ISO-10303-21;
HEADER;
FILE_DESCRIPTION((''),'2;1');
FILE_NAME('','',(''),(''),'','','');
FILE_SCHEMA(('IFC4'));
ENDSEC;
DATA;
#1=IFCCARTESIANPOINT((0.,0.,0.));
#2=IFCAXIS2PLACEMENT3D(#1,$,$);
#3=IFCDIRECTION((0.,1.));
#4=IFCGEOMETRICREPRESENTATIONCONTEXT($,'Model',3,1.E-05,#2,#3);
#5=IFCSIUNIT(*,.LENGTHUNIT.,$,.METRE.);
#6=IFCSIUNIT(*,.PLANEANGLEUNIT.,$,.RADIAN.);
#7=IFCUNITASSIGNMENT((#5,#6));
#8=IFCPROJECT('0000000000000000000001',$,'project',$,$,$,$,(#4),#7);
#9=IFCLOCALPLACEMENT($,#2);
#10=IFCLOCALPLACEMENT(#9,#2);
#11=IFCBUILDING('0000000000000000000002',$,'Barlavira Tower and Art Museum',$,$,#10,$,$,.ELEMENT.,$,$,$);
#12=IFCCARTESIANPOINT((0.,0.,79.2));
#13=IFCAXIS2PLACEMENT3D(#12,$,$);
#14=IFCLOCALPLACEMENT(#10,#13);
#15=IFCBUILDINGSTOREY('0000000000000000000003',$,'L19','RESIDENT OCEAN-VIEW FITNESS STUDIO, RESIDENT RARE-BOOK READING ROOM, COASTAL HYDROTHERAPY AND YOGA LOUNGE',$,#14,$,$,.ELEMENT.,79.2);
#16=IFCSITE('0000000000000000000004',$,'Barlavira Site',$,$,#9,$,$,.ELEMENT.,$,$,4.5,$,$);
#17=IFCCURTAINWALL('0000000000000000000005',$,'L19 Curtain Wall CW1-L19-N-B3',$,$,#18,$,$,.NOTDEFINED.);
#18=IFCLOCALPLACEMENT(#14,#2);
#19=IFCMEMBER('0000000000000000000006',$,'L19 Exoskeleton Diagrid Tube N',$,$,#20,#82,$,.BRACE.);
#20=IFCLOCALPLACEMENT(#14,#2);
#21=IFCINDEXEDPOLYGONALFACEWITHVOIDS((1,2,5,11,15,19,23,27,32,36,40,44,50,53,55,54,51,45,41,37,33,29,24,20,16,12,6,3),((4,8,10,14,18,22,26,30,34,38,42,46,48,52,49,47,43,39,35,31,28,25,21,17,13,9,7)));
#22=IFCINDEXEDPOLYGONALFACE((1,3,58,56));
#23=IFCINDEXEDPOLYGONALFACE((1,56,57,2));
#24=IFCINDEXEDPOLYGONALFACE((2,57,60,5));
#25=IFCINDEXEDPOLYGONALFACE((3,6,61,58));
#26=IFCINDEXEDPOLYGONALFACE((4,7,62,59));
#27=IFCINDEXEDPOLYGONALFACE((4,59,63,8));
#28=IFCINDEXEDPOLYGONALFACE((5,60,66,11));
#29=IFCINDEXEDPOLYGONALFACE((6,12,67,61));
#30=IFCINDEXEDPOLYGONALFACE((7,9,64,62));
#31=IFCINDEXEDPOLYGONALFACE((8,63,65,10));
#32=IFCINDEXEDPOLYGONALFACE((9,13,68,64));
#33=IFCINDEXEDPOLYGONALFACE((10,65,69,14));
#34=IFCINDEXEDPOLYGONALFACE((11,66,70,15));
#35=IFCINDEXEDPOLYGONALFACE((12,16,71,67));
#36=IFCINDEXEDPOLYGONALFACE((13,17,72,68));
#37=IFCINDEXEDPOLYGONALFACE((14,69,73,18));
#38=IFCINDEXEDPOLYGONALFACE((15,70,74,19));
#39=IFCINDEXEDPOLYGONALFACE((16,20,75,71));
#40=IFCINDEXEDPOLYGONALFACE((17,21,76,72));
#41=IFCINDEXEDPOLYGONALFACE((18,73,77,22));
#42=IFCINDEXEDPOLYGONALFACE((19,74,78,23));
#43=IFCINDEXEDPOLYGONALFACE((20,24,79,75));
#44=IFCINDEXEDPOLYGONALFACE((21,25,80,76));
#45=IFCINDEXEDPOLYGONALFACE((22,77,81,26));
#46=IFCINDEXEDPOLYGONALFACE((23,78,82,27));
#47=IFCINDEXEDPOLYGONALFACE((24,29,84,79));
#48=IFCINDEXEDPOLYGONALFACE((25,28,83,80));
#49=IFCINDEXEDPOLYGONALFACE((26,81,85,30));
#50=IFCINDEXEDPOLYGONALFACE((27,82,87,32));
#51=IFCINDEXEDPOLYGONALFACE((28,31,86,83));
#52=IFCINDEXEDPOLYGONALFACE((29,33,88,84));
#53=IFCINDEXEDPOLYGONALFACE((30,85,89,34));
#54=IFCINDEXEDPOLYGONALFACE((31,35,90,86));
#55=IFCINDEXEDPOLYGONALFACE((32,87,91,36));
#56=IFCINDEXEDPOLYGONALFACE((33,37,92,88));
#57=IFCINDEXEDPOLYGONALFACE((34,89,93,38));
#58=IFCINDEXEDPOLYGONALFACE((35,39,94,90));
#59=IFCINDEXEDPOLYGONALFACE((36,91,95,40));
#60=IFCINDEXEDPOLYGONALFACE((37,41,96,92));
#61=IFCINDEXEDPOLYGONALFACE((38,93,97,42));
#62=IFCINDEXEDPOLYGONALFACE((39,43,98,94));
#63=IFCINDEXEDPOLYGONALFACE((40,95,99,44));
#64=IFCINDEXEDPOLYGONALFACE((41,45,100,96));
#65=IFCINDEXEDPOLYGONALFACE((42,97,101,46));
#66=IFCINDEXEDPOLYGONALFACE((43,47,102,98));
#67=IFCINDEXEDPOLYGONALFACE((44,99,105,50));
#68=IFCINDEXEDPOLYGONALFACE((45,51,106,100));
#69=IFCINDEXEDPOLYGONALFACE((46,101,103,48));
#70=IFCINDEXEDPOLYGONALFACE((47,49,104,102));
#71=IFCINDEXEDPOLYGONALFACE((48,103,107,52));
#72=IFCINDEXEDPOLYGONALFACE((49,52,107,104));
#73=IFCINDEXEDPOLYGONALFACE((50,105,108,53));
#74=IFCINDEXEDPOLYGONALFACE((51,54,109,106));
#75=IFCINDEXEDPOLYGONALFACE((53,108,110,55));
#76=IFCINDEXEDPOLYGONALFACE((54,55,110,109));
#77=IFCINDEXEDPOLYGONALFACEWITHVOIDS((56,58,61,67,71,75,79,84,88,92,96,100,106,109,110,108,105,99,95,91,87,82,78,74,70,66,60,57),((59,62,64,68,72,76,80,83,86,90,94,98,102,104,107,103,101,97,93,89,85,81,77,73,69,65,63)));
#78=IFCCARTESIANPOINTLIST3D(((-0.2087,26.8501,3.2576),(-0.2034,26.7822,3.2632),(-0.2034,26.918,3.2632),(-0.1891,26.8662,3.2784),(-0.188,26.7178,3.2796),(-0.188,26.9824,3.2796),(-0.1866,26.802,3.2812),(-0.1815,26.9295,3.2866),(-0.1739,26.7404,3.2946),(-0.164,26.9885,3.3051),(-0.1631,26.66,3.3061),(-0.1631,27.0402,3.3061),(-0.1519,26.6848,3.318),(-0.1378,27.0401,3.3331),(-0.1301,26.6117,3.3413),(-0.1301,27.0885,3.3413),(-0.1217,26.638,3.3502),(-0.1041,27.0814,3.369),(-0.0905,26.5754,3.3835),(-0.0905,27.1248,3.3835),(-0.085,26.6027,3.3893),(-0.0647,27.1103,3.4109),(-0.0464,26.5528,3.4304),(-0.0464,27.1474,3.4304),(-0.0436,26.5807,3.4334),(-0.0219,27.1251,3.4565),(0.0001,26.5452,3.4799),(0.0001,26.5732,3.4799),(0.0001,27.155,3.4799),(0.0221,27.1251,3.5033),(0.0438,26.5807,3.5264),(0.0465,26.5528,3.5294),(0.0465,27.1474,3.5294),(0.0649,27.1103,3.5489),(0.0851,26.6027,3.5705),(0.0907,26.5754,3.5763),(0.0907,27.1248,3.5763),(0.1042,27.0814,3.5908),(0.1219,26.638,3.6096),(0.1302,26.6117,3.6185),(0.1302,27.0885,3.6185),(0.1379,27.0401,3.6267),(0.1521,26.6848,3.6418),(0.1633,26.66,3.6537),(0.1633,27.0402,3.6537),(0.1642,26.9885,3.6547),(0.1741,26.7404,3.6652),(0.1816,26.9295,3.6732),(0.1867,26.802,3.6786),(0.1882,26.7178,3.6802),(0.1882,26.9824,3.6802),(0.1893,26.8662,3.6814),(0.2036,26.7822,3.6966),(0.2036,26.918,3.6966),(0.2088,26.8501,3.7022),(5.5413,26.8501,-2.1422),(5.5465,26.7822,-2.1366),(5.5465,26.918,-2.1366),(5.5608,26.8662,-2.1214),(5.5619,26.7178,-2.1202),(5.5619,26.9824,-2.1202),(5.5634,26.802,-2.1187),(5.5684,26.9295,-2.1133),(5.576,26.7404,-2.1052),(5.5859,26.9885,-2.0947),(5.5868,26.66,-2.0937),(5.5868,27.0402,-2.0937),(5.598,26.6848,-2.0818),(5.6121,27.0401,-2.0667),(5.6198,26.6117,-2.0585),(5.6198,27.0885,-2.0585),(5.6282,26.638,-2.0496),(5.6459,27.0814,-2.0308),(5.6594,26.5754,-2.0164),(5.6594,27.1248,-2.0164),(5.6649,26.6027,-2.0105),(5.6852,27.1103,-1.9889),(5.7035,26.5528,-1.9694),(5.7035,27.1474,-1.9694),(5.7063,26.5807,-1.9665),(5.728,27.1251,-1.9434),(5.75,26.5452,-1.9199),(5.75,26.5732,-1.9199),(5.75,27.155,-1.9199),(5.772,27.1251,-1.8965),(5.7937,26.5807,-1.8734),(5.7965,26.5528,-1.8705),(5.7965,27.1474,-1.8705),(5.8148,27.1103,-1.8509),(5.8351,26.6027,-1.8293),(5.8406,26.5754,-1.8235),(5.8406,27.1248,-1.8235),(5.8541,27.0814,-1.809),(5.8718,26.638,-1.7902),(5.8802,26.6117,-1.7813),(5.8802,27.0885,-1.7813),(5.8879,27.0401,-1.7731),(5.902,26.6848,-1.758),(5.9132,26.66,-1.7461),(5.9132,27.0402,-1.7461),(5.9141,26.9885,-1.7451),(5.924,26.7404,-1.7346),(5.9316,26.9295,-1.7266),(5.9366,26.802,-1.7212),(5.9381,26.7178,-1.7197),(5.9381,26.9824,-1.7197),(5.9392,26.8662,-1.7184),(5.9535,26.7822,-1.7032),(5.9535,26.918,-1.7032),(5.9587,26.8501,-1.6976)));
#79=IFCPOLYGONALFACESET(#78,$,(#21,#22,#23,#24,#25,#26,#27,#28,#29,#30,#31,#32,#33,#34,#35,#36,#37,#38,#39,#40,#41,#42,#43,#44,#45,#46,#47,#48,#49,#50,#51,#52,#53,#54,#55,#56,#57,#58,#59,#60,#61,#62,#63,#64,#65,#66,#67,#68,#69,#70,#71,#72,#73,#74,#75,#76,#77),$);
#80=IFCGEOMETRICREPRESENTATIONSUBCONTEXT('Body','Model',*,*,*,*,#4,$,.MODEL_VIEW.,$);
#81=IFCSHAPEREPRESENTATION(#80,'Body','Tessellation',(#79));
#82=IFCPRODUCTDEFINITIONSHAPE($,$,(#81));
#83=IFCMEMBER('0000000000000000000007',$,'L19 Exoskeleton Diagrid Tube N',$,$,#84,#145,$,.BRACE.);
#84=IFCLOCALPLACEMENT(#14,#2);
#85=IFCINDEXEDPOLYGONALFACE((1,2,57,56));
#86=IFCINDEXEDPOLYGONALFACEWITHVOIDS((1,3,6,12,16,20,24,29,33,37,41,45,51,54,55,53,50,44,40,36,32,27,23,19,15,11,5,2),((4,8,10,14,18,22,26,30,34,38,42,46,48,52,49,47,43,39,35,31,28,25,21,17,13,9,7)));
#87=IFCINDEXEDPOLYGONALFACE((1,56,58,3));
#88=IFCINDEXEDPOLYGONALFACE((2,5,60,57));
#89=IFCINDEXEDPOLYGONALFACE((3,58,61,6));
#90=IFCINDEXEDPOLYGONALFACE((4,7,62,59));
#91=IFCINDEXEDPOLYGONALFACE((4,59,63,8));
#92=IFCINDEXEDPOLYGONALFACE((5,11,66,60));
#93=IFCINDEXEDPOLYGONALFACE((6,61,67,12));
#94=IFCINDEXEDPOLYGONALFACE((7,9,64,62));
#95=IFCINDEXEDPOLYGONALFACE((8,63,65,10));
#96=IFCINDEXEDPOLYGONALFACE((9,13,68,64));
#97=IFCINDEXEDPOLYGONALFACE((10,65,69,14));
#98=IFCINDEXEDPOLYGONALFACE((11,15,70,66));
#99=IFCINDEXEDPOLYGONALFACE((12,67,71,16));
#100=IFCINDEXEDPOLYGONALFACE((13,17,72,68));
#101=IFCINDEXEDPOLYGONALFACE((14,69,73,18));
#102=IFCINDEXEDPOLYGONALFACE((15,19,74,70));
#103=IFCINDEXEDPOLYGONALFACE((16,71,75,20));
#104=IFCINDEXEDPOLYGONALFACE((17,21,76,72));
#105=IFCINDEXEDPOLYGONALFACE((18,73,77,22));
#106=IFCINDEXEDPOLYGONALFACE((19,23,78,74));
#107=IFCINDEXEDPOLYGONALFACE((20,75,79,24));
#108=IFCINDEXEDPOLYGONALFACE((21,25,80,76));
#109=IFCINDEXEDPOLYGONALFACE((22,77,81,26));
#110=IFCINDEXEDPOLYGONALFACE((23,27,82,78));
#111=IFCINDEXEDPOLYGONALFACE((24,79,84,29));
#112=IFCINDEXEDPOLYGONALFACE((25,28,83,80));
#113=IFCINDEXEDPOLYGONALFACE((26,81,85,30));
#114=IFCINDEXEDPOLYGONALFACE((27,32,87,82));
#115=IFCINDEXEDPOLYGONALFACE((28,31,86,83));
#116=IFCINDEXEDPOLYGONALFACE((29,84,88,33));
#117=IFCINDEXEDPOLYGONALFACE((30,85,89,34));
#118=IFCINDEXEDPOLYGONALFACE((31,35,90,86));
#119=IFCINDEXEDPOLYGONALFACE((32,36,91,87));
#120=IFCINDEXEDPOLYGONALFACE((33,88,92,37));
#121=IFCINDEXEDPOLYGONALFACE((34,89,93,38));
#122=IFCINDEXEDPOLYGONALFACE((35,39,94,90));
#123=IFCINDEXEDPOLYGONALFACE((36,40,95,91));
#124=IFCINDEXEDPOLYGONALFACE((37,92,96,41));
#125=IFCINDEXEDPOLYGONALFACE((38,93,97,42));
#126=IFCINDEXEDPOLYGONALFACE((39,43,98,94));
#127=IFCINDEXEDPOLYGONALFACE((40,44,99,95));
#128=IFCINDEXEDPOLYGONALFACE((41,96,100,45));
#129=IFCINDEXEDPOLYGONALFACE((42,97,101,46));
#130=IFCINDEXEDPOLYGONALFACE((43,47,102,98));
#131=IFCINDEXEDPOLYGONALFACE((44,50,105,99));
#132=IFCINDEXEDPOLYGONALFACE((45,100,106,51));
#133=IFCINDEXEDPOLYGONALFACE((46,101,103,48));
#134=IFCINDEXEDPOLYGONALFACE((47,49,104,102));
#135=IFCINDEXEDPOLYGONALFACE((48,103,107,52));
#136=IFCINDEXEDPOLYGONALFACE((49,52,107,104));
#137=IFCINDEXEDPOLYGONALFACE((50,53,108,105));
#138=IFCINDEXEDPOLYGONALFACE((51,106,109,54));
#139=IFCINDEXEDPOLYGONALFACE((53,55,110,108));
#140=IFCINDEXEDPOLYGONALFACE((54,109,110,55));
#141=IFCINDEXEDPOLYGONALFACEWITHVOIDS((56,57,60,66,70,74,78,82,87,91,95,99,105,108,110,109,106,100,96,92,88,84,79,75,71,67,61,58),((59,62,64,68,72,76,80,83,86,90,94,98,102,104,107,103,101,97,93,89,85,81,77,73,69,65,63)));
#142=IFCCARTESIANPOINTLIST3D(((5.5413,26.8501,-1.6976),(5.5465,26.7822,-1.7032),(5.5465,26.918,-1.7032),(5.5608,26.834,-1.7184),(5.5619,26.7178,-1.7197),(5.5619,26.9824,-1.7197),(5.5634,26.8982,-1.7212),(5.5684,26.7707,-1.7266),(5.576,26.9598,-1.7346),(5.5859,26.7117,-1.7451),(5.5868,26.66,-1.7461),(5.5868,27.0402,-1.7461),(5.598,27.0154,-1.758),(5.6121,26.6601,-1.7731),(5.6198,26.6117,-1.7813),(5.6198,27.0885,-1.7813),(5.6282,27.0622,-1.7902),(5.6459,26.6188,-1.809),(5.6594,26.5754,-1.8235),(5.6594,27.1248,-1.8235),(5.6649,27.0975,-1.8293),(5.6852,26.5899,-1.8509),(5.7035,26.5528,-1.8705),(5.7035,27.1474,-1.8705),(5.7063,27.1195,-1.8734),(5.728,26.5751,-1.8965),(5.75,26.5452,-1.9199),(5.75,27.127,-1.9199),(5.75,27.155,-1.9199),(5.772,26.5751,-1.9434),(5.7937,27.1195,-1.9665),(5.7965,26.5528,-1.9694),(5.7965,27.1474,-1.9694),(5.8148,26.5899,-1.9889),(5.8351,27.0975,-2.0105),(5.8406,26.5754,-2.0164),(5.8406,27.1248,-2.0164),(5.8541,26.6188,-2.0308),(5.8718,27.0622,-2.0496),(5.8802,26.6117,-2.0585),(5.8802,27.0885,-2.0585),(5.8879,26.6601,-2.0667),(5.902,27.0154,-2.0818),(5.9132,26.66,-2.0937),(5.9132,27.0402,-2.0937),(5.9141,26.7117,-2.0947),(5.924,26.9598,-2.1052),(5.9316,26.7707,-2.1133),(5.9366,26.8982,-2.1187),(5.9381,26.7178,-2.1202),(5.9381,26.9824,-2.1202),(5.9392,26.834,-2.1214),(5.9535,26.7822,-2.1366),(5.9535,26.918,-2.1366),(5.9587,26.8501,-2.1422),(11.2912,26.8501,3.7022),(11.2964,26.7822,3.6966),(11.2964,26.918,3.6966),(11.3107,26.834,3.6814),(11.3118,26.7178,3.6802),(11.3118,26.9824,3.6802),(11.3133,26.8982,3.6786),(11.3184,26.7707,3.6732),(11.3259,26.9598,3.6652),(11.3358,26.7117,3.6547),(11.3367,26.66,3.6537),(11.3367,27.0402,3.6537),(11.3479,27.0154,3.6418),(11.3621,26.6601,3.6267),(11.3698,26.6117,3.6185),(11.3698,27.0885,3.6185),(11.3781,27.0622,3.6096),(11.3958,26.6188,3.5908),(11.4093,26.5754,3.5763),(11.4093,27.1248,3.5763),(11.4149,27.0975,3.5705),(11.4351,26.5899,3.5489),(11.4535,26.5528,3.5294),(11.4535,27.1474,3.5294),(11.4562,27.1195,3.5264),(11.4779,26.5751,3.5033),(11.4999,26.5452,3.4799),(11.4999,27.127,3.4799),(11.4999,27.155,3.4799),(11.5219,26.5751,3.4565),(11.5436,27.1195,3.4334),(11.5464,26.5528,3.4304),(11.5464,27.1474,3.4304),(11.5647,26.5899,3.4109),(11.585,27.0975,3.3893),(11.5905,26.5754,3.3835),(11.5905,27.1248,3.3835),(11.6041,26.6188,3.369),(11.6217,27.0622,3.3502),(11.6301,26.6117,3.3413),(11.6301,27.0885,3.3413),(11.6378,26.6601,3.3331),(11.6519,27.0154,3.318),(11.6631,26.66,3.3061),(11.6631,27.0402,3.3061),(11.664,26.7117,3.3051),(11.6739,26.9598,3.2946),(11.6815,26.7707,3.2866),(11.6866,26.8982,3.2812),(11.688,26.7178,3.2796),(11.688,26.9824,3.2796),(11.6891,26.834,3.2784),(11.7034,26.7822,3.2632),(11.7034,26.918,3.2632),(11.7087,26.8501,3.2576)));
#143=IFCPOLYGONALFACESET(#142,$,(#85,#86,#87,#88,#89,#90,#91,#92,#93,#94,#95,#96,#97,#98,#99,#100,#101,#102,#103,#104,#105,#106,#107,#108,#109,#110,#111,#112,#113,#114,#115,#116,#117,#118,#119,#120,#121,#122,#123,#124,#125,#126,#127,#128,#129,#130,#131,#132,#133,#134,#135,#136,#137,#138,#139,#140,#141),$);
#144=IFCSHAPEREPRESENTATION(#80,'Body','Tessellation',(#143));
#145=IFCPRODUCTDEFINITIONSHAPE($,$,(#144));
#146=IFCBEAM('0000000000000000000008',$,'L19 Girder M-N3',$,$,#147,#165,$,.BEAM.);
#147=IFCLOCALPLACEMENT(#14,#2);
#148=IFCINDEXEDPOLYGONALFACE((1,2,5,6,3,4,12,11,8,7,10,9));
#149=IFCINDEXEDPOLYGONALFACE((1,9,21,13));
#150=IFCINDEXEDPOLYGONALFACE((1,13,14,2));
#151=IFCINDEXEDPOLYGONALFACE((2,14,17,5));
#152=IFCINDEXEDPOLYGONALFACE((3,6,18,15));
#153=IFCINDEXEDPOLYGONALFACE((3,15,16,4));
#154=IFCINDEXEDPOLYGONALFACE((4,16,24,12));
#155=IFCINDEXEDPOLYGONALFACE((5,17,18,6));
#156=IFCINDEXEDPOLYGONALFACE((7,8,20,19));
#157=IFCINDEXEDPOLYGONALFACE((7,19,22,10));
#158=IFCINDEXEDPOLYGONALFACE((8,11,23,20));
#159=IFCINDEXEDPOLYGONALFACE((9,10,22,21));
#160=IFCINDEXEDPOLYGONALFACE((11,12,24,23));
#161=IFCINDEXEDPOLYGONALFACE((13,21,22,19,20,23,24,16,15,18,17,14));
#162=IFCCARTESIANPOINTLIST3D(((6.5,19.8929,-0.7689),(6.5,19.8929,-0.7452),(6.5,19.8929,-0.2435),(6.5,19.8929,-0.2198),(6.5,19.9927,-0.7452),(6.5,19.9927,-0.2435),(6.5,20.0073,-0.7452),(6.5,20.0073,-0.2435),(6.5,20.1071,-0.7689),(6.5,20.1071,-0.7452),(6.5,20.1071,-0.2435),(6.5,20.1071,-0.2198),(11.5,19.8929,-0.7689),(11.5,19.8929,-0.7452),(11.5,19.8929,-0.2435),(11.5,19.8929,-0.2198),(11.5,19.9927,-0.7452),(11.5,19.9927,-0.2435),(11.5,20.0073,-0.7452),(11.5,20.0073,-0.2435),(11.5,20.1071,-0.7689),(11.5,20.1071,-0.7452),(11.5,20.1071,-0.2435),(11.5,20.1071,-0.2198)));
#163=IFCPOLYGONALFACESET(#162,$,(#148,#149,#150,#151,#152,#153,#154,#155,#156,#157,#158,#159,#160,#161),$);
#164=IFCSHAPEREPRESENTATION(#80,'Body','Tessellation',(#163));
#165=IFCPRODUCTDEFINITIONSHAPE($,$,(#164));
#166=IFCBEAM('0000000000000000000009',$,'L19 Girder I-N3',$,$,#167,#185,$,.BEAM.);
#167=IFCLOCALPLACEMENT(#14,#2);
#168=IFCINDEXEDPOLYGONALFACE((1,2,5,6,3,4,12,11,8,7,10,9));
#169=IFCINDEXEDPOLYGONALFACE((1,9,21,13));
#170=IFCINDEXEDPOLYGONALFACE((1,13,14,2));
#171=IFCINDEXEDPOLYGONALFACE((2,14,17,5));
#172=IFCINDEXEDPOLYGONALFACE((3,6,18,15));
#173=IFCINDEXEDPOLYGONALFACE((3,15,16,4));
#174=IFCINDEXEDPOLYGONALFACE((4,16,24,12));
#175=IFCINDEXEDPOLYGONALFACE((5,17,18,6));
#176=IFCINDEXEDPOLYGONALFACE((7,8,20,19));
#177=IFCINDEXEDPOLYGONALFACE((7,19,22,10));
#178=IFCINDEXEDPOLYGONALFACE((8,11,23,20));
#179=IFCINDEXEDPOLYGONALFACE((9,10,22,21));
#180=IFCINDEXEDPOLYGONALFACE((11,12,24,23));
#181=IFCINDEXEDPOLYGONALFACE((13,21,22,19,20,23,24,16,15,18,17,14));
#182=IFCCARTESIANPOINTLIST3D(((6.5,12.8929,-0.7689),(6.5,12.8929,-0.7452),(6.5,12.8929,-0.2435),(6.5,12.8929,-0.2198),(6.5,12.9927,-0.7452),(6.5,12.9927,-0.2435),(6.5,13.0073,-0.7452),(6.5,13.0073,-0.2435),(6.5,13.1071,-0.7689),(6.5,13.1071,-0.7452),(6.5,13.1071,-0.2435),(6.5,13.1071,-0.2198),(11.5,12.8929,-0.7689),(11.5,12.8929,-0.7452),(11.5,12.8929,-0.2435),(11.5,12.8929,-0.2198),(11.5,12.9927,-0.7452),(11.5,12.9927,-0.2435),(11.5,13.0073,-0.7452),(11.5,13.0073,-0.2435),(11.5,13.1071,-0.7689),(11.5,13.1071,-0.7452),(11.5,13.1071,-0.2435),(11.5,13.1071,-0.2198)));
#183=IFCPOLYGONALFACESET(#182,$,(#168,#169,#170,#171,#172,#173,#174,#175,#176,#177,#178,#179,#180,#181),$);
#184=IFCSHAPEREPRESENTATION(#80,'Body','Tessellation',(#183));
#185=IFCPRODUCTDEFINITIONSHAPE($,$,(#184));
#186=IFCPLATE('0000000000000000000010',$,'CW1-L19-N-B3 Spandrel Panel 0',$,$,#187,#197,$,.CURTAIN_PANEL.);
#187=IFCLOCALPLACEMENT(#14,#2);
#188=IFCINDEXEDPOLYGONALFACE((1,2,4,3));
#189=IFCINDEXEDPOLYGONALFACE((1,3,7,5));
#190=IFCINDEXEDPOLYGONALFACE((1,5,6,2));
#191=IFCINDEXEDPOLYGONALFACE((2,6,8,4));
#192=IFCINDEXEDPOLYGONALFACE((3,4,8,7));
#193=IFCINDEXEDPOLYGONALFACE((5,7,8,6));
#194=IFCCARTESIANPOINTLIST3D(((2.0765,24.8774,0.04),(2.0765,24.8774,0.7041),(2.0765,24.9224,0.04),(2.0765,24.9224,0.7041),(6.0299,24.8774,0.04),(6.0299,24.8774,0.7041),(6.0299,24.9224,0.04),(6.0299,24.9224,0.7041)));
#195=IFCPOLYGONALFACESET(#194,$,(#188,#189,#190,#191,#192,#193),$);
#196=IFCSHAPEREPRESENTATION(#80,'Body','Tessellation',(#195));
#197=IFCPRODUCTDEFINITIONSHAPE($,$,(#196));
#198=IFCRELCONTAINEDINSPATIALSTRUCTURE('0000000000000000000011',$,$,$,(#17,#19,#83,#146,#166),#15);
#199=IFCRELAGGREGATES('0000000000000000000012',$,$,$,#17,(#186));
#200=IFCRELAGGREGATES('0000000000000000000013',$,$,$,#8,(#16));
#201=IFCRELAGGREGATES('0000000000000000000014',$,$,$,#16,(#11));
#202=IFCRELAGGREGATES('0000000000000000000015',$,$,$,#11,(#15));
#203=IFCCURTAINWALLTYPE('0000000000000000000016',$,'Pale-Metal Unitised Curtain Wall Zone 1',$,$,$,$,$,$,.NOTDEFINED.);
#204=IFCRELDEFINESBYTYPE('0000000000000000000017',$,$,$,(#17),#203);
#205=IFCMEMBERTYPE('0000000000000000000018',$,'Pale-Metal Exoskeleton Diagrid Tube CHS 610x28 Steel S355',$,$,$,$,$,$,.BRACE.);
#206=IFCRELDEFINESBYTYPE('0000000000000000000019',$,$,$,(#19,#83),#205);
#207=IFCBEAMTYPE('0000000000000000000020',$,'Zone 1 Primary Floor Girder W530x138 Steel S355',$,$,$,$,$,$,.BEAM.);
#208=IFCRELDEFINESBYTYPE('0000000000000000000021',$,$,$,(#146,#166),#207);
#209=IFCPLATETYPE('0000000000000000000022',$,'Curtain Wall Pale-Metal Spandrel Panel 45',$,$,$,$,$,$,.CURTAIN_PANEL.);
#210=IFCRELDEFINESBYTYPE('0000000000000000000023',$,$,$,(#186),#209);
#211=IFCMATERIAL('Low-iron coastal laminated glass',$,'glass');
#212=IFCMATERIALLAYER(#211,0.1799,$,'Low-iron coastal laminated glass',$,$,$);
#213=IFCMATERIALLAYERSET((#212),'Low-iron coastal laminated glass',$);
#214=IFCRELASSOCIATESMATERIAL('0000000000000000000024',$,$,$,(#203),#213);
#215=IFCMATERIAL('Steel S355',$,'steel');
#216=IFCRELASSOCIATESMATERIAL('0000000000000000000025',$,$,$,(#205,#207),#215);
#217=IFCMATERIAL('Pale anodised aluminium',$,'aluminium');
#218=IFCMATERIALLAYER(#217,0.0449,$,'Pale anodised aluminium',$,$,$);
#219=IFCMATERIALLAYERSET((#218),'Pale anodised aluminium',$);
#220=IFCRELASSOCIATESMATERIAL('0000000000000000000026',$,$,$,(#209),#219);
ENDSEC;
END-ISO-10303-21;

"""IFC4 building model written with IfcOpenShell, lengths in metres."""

from ifc_helpers import new_model, si_unit, direction, frame, origin, origin_2d, place, context, subcontext, project, spatial, rectangle, hollow_circle, i_section, extrude, material, layer, layer_set, material_profile, profile_set, type_object, element, aggregate, save


model = new_model("IFC4")

# Units and contexts
model_context = context("Model", 3, precision=1e-05, world=origin(), true_north=direction((0.0, 1.0)))
body_context = subcontext(model_context, "Body", "Model", "MODEL_VIEW")
ifc_project = project(units=[si_unit("LENGTHUNIT", "METRE"), si_unit("PLANEANGLEUNIT", "RADIAN")], contexts=[model_context])

# Site, building, storey
site_placement = place(None, origin())
site = spatial("IfcSite", under=ifc_project, at=site_placement, Name="Barlavira Site", CompositionType="ELEMENT", RefElevation=4.5)
building_placement = place(site_placement, origin())
building = spatial("IfcBuilding", under=site, at=building_placement, Name="Barlavira Tower and Art Museum", CompositionType="ELEMENT")
storey_placement = place(building_placement, frame((0.0, 0.0, 79.2)))
storey = spatial("IfcBuildingStorey", under=building, at=storey_placement, Name="L19", Description="RESIDENT OCEAN-VIEW FITNESS STUDIO, RESIDENT RARE-BOOK READING ROOM, COASTAL HYDROTHERAPY AND YOGA LOUNGE", CompositionType="ELEMENT", Elevation=79.2)

# Curtain wall
ifc_material_1 = material(Name="Low-iron coastal laminated glass", Category="glass")
ifc_layer_1 = layer(ifc_material_1, 0.1799, Name="Low-iron coastal laminated glass")
ifc_layer_set_1 = layer_set([ifc_layer_1], Name="Low-iron coastal laminated glass")
curtain_wall_type = type_object("IfcCurtainWallType", Name="Pale-Metal Unitised Curtain Wall Zone 1", PredefinedType="NOTDEFINED", material=ifc_layer_set_1)
curtain_wall_placement = place(storey_placement, origin())
curtain_wall = element("IfcCurtainWall", 1, at=curtain_wall_placement, inside=storey, type_object=curtain_wall_type, Name="L19 Curtain Wall CW1-L19-N-B3", PredefinedType="NOTDEFINED")
ifc_material_2 = material(Name="Pale anodised aluminium", Category="aluminium")

# Members
ifc_material_3 = material(Name="Steel S355", Category="steel")
ifc_material_profile_1 = material_profile(ifc_material_3, hollow_circle(Radius=0.3049, WallThickness=0.0281, at=origin_2d()), Name="CHS 610.0x28.0")
ifc_profile_set_1 = profile_set([ifc_material_profile_1], Name="Steel S355")
member_type_1 = type_object("IfcMemberType", Name="Pale-Metal Exoskeleton Diagrid Tube CHS 610x28 Steel S355", PredefinedType="BRACE", material=ifc_profile_set_1)
for number, where, z_axis, x_axis, name in (
    (2, (5.75, 26.8501, -1.9199), (-0.72895, 0.0, 0.684567), (0.0, -1.0, 0.0), "L19 Exoskeleton Diagrid Tube N"),
    (3, (5.75, 26.8501, -1.9199), (0.72895, 0.0, 0.684567), (0.0, 1.0, 0.0), "L19 Exoskeleton Diagrid Tube N"),
):
    element("IfcMember", number, at=place(storey_placement, frame(where, z_axis=z_axis, x_axis=x_axis)), inside=storey, type_object=member_type_1, Name=name, PredefinedType="BRACE", context=body_context, shape_type="SweptSolid", body=[
        extrude(hollow_circle(Radius=0.3049, WallThickness=0.0281, at=origin_2d()), origin(), (0.0, 0.0, 1.0), 7.8879),
    ])

# Beams
ifc_material_profile_2 = material_profile(ifc_material_3, i_section(OverallWidth=0.2141, OverallDepth=0.5491, WebThickness=0.0146, FlangeThickness=0.0237, at=origin_2d()), Name="W530x138.0")
ifc_profile_set_2 = profile_set([ifc_material_profile_2], Name="Steel S355")
beam_type = type_object("IfcBeamType", Name="Zone 1 Primary Floor Girder W530x138 Steel S355", PredefinedType="BEAM", material=ifc_profile_set_2)
for number, where, z_axis, x_axis, name in (
    (4, (6.5, 20.0, -0.4944), (1.0, 0.0, 0.0), (0.0, 1.0, 0.0), "L19 Girder M-N3"),
    (5, (6.5, 13.0, -0.4944), (1.0, 0.0, 0.0), (0.0, 1.0, 0.0), "L19 Girder I-N3"),
):
    element("IfcBeam", number, at=place(storey_placement, frame(where, z_axis=z_axis, x_axis=x_axis)), inside=storey, type_object=beam_type, Name=name, PredefinedType="BEAM", context=body_context, shape_type="SweptSolid", body=[
        extrude(i_section(OverallWidth=0.2141, OverallDepth=0.5491, WebThickness=0.0146, FlangeThickness=0.0237, at=origin_2d()), origin(), (0.0, 0.0, 1.0), 5.0),
    ])

# Plate
ifc_layer_2 = layer(ifc_material_2, 0.0449, Name="Pale anodised aluminium")
ifc_layer_set_2 = layer_set([ifc_layer_2], Name="Pale anodised aluminium")
plate_type_1 = type_object("IfcPlateType", Name="Curtain Wall Pale-Metal Spandrel Panel 45", PredefinedType="CURTAIN_PANEL", material=ifc_layer_set_2)
plate_1_placement = place(storey_placement, frame((4.0532, 24.8999, 0.04), z_axis=(0.0, 0.0, 1.0), x_axis=(-1.0, 0.0, 0.0)))
plate_1 = element("IfcPlate", 6, at=plate_1_placement, type_object=plate_type_1, Name="CW1-L19-N-B3 Spandrel Panel 0", PredefinedType="CURTAIN_PANEL", context=body_context, shape_type="SweptSolid", body=[
    extrude(rectangle(XDim=3.9534, YDim=0.0449, at=origin_2d()), origin(), (0.0, 0.0, 1.0), 0.6641),
])
aggregate(curtain_wall, [plate_1])

save(model, "model.ifc")
